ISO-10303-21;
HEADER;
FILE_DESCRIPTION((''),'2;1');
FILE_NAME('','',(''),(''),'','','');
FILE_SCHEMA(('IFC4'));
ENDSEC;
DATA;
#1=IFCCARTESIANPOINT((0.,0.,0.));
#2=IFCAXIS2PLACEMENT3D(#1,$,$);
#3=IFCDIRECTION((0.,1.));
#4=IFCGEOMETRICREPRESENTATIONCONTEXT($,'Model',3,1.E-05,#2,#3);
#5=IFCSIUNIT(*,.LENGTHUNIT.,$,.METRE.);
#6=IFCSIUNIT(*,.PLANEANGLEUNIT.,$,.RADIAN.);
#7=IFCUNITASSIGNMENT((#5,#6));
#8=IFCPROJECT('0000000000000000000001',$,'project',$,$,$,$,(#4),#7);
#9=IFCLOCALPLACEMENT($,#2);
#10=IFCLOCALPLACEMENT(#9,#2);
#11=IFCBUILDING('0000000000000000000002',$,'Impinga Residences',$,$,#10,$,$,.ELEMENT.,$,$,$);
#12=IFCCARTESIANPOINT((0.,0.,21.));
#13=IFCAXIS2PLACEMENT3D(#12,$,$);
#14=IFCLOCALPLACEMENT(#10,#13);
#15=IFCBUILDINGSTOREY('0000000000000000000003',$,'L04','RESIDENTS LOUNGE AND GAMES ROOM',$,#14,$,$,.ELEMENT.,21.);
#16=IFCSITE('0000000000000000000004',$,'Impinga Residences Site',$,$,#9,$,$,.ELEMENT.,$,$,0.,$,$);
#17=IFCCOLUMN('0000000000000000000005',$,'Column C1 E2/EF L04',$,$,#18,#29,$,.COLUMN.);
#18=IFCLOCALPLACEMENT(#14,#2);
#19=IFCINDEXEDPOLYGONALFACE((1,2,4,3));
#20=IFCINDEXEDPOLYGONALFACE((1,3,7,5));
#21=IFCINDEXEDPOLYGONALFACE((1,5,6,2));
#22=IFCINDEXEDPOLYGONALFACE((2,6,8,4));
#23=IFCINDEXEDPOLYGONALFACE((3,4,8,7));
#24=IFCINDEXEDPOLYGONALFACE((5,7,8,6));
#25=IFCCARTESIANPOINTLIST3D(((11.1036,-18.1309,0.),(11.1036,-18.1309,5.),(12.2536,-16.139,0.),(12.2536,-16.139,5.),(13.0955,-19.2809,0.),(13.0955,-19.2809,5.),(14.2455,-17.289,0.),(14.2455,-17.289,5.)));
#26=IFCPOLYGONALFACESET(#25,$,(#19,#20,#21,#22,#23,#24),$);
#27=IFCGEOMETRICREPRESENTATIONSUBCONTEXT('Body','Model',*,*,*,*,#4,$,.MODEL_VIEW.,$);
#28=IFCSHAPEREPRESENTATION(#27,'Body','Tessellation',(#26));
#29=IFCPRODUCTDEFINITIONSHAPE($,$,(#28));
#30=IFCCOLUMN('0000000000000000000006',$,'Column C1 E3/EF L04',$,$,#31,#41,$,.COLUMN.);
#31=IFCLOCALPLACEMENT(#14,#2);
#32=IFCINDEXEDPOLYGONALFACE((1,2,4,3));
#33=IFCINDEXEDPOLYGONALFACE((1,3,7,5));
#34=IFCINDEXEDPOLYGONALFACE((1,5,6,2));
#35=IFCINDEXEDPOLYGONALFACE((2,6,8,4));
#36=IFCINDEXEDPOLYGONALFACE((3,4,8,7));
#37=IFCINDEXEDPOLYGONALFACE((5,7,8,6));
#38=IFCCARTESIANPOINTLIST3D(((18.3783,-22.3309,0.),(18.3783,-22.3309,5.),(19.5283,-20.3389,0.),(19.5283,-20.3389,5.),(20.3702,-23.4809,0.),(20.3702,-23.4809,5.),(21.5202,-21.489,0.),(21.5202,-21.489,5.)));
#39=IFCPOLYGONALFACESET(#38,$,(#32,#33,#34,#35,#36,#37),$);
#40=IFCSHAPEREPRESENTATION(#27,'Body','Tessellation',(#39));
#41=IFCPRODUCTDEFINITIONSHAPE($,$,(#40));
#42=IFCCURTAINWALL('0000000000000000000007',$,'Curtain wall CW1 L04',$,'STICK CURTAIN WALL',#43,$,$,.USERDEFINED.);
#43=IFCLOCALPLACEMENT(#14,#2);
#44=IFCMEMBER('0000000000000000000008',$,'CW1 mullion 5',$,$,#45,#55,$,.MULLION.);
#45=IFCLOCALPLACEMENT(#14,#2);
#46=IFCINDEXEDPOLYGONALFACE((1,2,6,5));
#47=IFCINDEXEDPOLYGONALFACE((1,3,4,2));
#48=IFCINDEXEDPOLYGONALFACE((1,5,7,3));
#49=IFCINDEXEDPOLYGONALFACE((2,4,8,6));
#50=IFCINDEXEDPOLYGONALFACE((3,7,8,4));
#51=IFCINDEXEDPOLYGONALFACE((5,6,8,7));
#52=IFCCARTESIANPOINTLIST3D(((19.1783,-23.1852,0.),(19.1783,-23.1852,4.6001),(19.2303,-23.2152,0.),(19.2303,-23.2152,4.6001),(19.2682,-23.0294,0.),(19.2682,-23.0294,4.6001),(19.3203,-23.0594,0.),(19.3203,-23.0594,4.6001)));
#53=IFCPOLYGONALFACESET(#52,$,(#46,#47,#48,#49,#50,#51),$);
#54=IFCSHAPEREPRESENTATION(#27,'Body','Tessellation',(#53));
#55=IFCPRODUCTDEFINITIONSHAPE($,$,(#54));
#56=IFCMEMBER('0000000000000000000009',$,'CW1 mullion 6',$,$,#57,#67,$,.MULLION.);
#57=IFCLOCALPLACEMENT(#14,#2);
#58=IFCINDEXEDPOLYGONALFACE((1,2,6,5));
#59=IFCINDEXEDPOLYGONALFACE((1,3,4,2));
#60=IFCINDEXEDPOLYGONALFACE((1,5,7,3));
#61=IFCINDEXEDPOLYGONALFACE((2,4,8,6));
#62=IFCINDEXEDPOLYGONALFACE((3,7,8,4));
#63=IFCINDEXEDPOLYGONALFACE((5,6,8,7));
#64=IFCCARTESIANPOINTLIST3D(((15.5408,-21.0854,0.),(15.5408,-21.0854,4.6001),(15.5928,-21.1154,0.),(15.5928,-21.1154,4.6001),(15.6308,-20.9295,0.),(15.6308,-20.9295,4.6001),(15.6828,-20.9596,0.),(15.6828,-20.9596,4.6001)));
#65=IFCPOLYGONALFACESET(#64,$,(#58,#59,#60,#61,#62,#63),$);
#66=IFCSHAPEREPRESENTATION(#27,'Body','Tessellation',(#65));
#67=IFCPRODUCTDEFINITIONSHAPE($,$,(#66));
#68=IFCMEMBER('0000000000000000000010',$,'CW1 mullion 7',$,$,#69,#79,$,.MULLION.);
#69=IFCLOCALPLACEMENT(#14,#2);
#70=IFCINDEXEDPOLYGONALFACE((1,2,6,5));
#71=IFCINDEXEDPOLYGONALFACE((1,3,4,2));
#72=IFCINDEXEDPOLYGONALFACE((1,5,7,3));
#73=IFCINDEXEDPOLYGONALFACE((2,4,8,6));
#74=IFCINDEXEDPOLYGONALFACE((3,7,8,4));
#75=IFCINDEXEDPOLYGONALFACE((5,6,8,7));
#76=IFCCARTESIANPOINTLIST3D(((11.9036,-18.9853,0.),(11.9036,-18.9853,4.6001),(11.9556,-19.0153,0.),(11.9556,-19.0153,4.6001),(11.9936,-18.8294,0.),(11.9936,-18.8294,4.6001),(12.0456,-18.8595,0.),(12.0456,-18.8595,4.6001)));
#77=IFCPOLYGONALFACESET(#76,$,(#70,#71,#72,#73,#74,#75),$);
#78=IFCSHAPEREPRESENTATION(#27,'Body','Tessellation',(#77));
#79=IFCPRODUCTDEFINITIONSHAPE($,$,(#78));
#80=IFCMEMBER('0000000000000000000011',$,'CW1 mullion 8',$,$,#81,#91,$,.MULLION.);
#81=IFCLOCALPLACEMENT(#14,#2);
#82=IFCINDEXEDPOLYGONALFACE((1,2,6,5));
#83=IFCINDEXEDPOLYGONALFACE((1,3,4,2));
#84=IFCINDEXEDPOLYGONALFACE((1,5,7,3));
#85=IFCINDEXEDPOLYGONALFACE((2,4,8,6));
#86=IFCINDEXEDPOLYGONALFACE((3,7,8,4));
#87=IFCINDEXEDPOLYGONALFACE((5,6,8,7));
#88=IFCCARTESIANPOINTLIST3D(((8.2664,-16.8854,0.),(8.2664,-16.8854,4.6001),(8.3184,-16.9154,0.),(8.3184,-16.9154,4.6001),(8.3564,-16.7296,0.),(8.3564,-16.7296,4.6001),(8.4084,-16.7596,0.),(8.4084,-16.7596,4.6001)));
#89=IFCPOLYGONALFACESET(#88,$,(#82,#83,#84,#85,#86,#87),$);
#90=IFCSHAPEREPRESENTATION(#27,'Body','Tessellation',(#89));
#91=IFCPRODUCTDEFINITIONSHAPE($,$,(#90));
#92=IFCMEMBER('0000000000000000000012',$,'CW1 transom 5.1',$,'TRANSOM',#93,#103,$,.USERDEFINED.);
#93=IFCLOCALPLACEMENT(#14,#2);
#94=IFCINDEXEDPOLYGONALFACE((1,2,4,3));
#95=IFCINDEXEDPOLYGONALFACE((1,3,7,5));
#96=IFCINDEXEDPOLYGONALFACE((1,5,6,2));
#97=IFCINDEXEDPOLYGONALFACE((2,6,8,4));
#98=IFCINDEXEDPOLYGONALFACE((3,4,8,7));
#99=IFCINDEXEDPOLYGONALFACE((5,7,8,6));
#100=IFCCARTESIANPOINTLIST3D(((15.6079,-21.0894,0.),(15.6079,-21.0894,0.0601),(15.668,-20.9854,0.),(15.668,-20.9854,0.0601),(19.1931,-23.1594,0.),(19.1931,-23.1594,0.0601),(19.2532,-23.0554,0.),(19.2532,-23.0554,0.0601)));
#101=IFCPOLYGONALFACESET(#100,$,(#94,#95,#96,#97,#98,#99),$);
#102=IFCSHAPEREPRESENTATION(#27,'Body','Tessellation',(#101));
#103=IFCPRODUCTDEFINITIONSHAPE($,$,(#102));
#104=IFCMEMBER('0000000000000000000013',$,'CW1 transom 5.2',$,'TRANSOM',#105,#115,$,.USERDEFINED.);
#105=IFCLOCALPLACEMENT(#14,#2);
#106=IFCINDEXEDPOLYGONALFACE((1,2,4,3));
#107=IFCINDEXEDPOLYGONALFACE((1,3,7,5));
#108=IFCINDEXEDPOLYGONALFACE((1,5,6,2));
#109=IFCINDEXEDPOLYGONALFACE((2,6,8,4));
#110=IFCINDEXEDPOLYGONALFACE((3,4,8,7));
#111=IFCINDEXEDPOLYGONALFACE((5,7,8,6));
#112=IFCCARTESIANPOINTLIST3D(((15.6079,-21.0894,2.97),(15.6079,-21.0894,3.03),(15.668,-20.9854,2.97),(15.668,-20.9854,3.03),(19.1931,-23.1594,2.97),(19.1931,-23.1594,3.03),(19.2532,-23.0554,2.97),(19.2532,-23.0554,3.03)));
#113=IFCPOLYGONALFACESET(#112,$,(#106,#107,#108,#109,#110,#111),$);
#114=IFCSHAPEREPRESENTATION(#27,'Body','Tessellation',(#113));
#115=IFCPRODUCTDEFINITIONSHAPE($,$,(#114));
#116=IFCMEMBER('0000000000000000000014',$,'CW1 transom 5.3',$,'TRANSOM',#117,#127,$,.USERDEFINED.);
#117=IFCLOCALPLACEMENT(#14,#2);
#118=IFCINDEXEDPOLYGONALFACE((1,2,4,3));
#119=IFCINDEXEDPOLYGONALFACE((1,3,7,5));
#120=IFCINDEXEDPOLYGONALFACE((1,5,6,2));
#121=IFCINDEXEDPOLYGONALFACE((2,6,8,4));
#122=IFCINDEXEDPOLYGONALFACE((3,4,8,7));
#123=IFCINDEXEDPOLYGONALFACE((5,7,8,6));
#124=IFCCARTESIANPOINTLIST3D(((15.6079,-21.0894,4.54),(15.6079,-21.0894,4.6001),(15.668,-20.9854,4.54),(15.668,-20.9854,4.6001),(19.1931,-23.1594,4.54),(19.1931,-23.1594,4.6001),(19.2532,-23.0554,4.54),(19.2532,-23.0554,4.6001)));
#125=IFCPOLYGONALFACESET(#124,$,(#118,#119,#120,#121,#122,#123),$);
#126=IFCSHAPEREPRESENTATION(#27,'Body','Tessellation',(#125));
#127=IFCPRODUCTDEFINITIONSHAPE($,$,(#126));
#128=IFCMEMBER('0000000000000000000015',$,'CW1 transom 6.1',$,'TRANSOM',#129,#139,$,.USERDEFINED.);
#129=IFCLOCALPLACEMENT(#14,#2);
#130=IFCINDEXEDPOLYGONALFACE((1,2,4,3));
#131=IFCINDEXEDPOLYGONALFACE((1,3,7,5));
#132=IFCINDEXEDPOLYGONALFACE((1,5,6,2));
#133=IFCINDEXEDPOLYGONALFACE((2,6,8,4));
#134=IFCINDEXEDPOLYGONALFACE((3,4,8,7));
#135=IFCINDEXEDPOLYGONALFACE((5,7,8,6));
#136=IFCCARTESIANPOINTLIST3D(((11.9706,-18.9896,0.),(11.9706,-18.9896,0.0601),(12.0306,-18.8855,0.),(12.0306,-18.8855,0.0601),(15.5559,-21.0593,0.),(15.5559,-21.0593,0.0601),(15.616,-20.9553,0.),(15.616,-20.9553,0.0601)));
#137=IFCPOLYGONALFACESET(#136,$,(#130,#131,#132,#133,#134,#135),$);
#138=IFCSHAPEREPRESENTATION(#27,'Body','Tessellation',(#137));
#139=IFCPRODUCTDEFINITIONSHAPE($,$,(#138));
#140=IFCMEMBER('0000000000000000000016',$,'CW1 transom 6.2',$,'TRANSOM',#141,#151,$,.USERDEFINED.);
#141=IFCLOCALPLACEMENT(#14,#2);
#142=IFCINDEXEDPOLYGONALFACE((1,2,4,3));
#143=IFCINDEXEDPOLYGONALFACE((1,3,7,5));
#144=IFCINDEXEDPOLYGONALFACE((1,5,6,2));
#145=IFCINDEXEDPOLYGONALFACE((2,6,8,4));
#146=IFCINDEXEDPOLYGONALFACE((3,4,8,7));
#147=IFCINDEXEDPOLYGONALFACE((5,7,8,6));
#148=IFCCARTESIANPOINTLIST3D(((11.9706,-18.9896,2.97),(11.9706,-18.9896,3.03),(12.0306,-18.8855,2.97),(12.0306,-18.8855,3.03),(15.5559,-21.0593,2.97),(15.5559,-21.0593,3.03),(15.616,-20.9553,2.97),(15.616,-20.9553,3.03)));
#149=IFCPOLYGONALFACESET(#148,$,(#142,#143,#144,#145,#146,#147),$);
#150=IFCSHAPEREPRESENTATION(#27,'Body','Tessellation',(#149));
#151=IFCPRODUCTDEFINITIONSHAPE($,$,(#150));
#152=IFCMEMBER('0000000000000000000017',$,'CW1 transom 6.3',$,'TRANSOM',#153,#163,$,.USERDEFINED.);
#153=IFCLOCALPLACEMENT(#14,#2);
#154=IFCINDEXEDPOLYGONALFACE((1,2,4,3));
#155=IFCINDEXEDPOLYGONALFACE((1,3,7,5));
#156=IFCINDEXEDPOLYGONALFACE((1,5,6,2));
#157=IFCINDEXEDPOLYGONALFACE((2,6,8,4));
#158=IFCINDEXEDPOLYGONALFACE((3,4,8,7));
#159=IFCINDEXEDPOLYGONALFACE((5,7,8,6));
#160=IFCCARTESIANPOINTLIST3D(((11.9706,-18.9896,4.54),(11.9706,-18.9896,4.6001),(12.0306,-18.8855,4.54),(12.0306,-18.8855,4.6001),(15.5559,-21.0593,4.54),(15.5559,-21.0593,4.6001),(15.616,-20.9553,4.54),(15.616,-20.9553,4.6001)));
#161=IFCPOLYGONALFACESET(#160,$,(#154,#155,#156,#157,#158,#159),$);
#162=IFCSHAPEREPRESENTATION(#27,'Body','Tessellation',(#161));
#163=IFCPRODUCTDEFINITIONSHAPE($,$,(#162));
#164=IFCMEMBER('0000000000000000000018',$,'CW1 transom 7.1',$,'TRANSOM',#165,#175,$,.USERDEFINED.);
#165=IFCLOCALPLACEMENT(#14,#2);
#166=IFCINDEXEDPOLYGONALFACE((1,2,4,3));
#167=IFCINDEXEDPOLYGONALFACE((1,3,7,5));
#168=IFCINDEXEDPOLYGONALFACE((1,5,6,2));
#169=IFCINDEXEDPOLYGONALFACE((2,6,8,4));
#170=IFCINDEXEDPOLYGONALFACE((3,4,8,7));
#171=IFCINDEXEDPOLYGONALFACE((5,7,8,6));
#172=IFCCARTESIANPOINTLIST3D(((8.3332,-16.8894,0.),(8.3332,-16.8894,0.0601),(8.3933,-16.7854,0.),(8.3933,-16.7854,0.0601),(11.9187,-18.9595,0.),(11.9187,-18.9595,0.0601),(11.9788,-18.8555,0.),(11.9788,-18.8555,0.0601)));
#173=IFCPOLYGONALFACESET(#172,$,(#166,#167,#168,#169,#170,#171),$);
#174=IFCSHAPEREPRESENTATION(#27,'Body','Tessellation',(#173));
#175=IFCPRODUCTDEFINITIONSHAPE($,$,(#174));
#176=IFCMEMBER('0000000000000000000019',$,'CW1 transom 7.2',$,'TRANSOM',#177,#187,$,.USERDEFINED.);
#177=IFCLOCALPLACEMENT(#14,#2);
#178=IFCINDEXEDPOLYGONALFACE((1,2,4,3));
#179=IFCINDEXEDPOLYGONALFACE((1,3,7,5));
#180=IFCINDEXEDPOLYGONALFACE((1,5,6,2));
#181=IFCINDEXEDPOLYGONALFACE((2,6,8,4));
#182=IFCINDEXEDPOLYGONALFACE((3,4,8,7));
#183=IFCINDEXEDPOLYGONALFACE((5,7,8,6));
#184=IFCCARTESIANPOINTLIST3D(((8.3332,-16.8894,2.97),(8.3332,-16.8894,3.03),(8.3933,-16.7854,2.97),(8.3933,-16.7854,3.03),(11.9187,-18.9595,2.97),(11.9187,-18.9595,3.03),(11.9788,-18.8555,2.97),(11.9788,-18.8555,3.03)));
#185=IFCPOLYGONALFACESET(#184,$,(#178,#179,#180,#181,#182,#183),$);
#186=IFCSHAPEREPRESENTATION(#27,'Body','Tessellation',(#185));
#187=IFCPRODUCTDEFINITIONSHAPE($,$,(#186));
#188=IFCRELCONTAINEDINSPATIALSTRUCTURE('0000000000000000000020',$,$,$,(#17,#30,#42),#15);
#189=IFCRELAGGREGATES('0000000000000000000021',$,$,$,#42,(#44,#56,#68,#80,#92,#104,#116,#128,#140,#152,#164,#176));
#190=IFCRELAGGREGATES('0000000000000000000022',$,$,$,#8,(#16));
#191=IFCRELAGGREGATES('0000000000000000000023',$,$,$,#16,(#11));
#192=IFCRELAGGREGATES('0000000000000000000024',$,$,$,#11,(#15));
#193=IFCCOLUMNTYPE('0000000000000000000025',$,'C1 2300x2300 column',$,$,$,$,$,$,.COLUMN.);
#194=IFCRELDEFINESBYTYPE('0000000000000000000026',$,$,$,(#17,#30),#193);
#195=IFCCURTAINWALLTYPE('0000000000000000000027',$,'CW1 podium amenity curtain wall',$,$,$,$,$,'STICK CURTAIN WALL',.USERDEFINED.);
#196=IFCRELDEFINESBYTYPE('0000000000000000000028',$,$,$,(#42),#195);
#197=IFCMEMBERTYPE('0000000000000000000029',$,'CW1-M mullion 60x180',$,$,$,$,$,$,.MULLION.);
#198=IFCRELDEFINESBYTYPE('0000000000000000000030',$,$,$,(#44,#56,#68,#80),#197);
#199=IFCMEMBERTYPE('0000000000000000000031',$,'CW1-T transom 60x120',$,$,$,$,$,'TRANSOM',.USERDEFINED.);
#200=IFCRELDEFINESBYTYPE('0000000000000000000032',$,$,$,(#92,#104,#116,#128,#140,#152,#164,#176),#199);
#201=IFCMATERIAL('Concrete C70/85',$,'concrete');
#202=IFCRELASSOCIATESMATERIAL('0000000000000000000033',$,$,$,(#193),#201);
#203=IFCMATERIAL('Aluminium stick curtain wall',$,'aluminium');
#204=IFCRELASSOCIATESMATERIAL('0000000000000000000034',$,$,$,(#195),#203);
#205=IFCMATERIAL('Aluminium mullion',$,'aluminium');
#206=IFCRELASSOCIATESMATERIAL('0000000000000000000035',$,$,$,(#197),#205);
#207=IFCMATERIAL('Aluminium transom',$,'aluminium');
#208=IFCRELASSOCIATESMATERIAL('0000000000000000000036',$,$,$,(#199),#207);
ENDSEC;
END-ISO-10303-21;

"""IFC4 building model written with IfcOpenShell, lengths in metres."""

from ifc_helpers import new_model, si_unit, direction, frame, origin, origin_2d, place, context, subcontext, project, spatial, rectangle, extrude, material, material_profile, profile_set, type_object, element, aggregate, save


model = new_model("IFC4")

# Units and contexts
model_context = context("Model", 3, precision=1e-05, world=origin(), true_north=direction((0.0, 1.0)))
body_context = subcontext(model_context, "Body", "Model", "MODEL_VIEW")
ifc_project = project(units=[si_unit("LENGTHUNIT", "METRE"), si_unit("PLANEANGLEUNIT", "RADIAN")], contexts=[model_context])

# Site, building, storey
site_placement = place(None, origin())
site = spatial("IfcSite", under=ifc_project, at=site_placement, Name="Impinga Residences Site", CompositionType="ELEMENT", RefElevation=0.0)
building_placement = place(site_placement, origin())
building = spatial("IfcBuilding", under=site, at=building_placement, Name="Impinga Residences", CompositionType="ELEMENT")
storey_placement = place(building_placement, frame((0.0, 0.0, 21.0)))
storey = spatial("IfcBuildingStorey", under=building, at=storey_placement, Name="L04", Description="RESIDENTS LOUNGE AND GAMES ROOM", CompositionType="ELEMENT", Elevation=21.0)

# Columns
ifc_material_1 = material(Name="Concrete C70/85", Category="concrete")
ifc_material_profile_1 = material_profile(ifc_material_1, rectangle(XDim=2.3, YDim=2.3, at=origin_2d()), Name="RC 2300x2300")
ifc_profile_set_1 = profile_set([ifc_material_profile_1], Name="Concrete C70/85")
column_type = type_object("IfcColumnType", Name="C1 2300x2300 column", PredefinedType="COLUMN", material=ifc_profile_set_1)
for number, where, z_axis, x_axis, name in (
    (1, (12.6746, -17.71, 0.0), (0.0, 0.0, 1.0), (-0.5, -0.866025, 0.0), "Column C1 E2/EF L04"),
    (2, (19.9492, -21.9099, 0.0), (0.0, 0.0, 1.0), (-0.5, -0.866025, 0.0), "Column C1 E3/EF L04"),
):
    element("IfcColumn", number, at=place(storey_placement, frame(where, z_axis=z_axis, x_axis=x_axis)), inside=storey, type_object=column_type, Name=name, PredefinedType="COLUMN", context=body_context, shape_type="SweptSolid", body=[
        extrude(rectangle(XDim=2.3, YDim=2.3, at=origin_2d()), origin(), (0.0, 0.0, 1.0), 5.0),
    ])

# Curtain wall, members
ifc_material_2 = material(Name="Aluminium stick curtain wall", Category="aluminium")
curtain_wall_type = type_object("IfcCurtainWallType", Name="CW1 podium amenity curtain wall", ElementType="STICK CURTAIN WALL", PredefinedType="USERDEFINED", material=ifc_material_2)
curtain_wall_placement = place(storey_placement, origin())
curtain_wall = element("IfcCurtainWall", 3, at=curtain_wall_placement, inside=storey, type_object=curtain_wall_type, Name="Curtain wall CW1 L04", ObjectType="STICK CURTAIN WALL", PredefinedType="USERDEFINED")
ifc_material_3 = material(Name="Aluminium mullion", Category="aluminium")
ifc_material_profile_2 = material_profile(ifc_material_3, rectangle(XDim=0.0601, YDim=0.1799, at=origin_2d()), Name="60x180 mullion")
ifc_profile_set_2 = profile_set([ifc_material_profile_2], Name="Aluminium mullion")
member_type_1 = type_object("IfcMemberType", Name="CW1-M mullion 60x180", PredefinedType="MULLION", material=ifc_profile_set_2)
member_1_placement = place(storey_placement, frame((19.2493, -23.1223, 0.0), z_axis=(0.0, 0.0, 1.0), x_axis=(-0.866025, 0.5, 0.0)))
member_1 = element("IfcMember", 4, at=member_1_placement, type_object=member_type_1, Name="CW1 mullion 5", PredefinedType="MULLION", context=body_context, shape_type="SweptSolid", body=[
    extrude(rectangle(XDim=0.0601, YDim=0.1799, at=origin_2d()), origin(), (0.0, 0.0, 1.0), 4.6001),
])
member_2_placement = place(storey_placement, frame((15.6118, -21.0225, 0.0), z_axis=(0.0, 0.0, 1.0), x_axis=(-0.866025, 0.5, 0.0)))
member_2 = element("IfcMember", 5, at=member_2_placement, type_object=member_type_1, Name="CW1 mullion 6", PredefinedType="MULLION", context=body_context, shape_type="SweptSolid", body=[
    extrude(rectangle(XDim=0.0601, YDim=0.1799, at=origin_2d()), origin(), (0.0, 0.0, 1.0), 4.6001),
])
member_3_placement = place(storey_placement, frame((11.9746, -18.9224, 0.0), z_axis=(0.0, 0.0, 1.0), x_axis=(-0.866025, 0.5, 0.0)))
member_3 = element("IfcMember", 6, at=member_3_placement, type_object=member_type_1, Name="CW1 mullion 7", PredefinedType="MULLION", context=body_context, shape_type="SweptSolid", body=[
    extrude(rectangle(XDim=0.0601, YDim=0.1799, at=origin_2d()), origin(), (0.0, 0.0, 1.0), 4.6001),
])
member_4_placement = place(storey_placement, frame((8.3374, -16.8225, 0.0), z_axis=(0.0, 0.0, 1.0), x_axis=(-0.866025, 0.5, 0.0)))
member_4 = element("IfcMember", 7, at=member_4_placement, type_object=member_type_1, Name="CW1 mullion 8", PredefinedType="MULLION", context=body_context, shape_type="SweptSolid", body=[
    extrude(rectangle(XDim=0.0601, YDim=0.1799, at=origin_2d()), origin(), (0.0, 0.0, 1.0), 4.6001),
])
ifc_material_4 = material(Name="Aluminium transom", Category="aluminium")
ifc_material_profile_3 = material_profile(ifc_material_4, rectangle(XDim=0.0601, YDim=0.1201, at=origin_2d()), Name="60x120 transom")
ifc_profile_set_3 = profile_set([ifc_material_profile_3], Name="Aluminium transom")
member_type_2 = type_object("IfcMemberType", Name="CW1-T transom 60x120", ElementType="TRANSOM", PredefinedType="USERDEFINED", material=ifc_profile_set_3)
member_5_placement = place(storey_placement, frame((19.2231, -23.1074, 0.03), z_axis=(-0.86601, 0.500027, 0.0), x_axis=(0.0, 0.0, 1.0)))
member_5 = element("IfcMember", 8, at=member_5_placement, type_object=member_type_2, Name="CW1 transom 5.1", ObjectType="TRANSOM", PredefinedType="USERDEFINED", context=body_context, shape_type="SweptSolid", body=[
    extrude(rectangle(XDim=0.0601, YDim=0.1201, at=origin_2d()), origin(), (0.0, 0.0, 1.0), 4.1399),
])
member_6_placement = place(storey_placement, frame((19.2231, -23.1074, 3.0), z_axis=(-0.86601, 0.500027, 0.0), x_axis=(0.0, 0.0, 1.0)))
member_6 = element("IfcMember", 9, at=member_6_placement, type_object=member_type_2, Name="CW1 transom 5.2", ObjectType="TRANSOM", PredefinedType="USERDEFINED", context=body_context, shape_type="SweptSolid", body=[
    extrude(rectangle(XDim=0.0601, YDim=0.1201, at=origin_2d()), origin(), (0.0, 0.0, 1.0), 4.1399),
])
member_7_placement = place(storey_placement, frame((19.2231, -23.1074, 4.5701), z_axis=(-0.86601, 0.500027, 0.0), x_axis=(0.0, 0.0, 1.0)))
member_7 = element("IfcMember", 10, at=member_7_placement, type_object=member_type_2, Name="CW1 transom 5.3", ObjectType="TRANSOM", PredefinedType="USERDEFINED", context=body_context, shape_type="SweptSolid", body=[
    extrude(rectangle(XDim=0.0601, YDim=0.1201, at=origin_2d()), origin(), (0.0, 0.0, 1.0), 4.1399),
])
member_8_placement = place(storey_placement, frame((15.5859, -21.0073, 0.03), z_axis=(-0.86605, 0.499957, 0.0), x_axis=(0.0, 0.0, 1.0)))
member_8 = element("IfcMember", 11, at=member_8_placement, type_object=member_type_2, Name="CW1 transom 6.1", ObjectType="TRANSOM", PredefinedType="USERDEFINED", context=body_context, shape_type="SweptSolid", body=[
    extrude(rectangle(XDim=0.0601, YDim=0.1201, at=origin_2d()), origin(), (0.0, 0.0, 1.0), 4.1399),
])
member_9_placement = place(storey_placement, frame((15.5859, -21.0073, 3.0), z_axis=(-0.86605, 0.499957, 0.0), x_axis=(0.0, 0.0, 1.0)))
member_9 = element("IfcMember", 12, at=member_9_placement, type_object=member_type_2, Name="CW1 transom 6.2", ObjectType="TRANSOM", PredefinedType="USERDEFINED", context=body_context, shape_type="SweptSolid", body=[
    extrude(rectangle(XDim=0.0601, YDim=0.1201, at=origin_2d()), origin(), (0.0, 0.0, 1.0), 4.1399),
])
member_10_placement = place(storey_placement, frame((15.5859, -21.0073, 4.5701), z_axis=(-0.86605, 0.499957, 0.0), x_axis=(0.0, 0.0, 1.0)))
member_10 = element("IfcMember", 13, at=member_10_placement, type_object=member_type_2, Name="CW1 transom 6.3", ObjectType="TRANSOM", PredefinedType="USERDEFINED", context=body_context, shape_type="SweptSolid", body=[
    extrude(rectangle(XDim=0.0601, YDim=0.1201, at=origin_2d()), origin(), (0.0, 0.0, 1.0), 4.1399),
])
member_11_placement = place(storey_placement, frame((11.9487, -18.9075, 0.03), z_axis=(-0.866025, 0.500002, 0.0), x_axis=(0.0, 0.0, 1.0)))
member_11 = element("IfcMember", 14, at=member_11_placement, type_object=member_type_2, Name="CW1 transom 7.1", ObjectType="TRANSOM", PredefinedType="USERDEFINED", context=body_context, shape_type="SweptSolid", body=[
    extrude(rectangle(XDim=0.0601, YDim=0.1201, at=origin_2d()), origin(), (0.0, 0.0, 1.0), 4.1401),
])
member_12_placement = place(storey_placement, frame((11.9487, -18.9075, 3.0), z_axis=(-0.866025, 0.500002, 0.0), x_axis=(0.0, 0.0, 1.0)))
member_12 = element("IfcMember", 15, at=member_12_placement, type_object=member_type_2, Name="CW1 transom 7.2", ObjectType="TRANSOM", PredefinedType="USERDEFINED", context=body_context, shape_type="SweptSolid", body=[
    extrude(rectangle(XDim=0.0601, YDim=0.1201, at=origin_2d()), origin(), (0.0, 0.0, 1.0), 4.1401),
])

aggregate(curtain_wall, [member_1, member_2, member_3, member_4, member_5, member_6, member_7, member_8, member_9, member_10, member_11, member_12])

save(model, "model.ifc")
